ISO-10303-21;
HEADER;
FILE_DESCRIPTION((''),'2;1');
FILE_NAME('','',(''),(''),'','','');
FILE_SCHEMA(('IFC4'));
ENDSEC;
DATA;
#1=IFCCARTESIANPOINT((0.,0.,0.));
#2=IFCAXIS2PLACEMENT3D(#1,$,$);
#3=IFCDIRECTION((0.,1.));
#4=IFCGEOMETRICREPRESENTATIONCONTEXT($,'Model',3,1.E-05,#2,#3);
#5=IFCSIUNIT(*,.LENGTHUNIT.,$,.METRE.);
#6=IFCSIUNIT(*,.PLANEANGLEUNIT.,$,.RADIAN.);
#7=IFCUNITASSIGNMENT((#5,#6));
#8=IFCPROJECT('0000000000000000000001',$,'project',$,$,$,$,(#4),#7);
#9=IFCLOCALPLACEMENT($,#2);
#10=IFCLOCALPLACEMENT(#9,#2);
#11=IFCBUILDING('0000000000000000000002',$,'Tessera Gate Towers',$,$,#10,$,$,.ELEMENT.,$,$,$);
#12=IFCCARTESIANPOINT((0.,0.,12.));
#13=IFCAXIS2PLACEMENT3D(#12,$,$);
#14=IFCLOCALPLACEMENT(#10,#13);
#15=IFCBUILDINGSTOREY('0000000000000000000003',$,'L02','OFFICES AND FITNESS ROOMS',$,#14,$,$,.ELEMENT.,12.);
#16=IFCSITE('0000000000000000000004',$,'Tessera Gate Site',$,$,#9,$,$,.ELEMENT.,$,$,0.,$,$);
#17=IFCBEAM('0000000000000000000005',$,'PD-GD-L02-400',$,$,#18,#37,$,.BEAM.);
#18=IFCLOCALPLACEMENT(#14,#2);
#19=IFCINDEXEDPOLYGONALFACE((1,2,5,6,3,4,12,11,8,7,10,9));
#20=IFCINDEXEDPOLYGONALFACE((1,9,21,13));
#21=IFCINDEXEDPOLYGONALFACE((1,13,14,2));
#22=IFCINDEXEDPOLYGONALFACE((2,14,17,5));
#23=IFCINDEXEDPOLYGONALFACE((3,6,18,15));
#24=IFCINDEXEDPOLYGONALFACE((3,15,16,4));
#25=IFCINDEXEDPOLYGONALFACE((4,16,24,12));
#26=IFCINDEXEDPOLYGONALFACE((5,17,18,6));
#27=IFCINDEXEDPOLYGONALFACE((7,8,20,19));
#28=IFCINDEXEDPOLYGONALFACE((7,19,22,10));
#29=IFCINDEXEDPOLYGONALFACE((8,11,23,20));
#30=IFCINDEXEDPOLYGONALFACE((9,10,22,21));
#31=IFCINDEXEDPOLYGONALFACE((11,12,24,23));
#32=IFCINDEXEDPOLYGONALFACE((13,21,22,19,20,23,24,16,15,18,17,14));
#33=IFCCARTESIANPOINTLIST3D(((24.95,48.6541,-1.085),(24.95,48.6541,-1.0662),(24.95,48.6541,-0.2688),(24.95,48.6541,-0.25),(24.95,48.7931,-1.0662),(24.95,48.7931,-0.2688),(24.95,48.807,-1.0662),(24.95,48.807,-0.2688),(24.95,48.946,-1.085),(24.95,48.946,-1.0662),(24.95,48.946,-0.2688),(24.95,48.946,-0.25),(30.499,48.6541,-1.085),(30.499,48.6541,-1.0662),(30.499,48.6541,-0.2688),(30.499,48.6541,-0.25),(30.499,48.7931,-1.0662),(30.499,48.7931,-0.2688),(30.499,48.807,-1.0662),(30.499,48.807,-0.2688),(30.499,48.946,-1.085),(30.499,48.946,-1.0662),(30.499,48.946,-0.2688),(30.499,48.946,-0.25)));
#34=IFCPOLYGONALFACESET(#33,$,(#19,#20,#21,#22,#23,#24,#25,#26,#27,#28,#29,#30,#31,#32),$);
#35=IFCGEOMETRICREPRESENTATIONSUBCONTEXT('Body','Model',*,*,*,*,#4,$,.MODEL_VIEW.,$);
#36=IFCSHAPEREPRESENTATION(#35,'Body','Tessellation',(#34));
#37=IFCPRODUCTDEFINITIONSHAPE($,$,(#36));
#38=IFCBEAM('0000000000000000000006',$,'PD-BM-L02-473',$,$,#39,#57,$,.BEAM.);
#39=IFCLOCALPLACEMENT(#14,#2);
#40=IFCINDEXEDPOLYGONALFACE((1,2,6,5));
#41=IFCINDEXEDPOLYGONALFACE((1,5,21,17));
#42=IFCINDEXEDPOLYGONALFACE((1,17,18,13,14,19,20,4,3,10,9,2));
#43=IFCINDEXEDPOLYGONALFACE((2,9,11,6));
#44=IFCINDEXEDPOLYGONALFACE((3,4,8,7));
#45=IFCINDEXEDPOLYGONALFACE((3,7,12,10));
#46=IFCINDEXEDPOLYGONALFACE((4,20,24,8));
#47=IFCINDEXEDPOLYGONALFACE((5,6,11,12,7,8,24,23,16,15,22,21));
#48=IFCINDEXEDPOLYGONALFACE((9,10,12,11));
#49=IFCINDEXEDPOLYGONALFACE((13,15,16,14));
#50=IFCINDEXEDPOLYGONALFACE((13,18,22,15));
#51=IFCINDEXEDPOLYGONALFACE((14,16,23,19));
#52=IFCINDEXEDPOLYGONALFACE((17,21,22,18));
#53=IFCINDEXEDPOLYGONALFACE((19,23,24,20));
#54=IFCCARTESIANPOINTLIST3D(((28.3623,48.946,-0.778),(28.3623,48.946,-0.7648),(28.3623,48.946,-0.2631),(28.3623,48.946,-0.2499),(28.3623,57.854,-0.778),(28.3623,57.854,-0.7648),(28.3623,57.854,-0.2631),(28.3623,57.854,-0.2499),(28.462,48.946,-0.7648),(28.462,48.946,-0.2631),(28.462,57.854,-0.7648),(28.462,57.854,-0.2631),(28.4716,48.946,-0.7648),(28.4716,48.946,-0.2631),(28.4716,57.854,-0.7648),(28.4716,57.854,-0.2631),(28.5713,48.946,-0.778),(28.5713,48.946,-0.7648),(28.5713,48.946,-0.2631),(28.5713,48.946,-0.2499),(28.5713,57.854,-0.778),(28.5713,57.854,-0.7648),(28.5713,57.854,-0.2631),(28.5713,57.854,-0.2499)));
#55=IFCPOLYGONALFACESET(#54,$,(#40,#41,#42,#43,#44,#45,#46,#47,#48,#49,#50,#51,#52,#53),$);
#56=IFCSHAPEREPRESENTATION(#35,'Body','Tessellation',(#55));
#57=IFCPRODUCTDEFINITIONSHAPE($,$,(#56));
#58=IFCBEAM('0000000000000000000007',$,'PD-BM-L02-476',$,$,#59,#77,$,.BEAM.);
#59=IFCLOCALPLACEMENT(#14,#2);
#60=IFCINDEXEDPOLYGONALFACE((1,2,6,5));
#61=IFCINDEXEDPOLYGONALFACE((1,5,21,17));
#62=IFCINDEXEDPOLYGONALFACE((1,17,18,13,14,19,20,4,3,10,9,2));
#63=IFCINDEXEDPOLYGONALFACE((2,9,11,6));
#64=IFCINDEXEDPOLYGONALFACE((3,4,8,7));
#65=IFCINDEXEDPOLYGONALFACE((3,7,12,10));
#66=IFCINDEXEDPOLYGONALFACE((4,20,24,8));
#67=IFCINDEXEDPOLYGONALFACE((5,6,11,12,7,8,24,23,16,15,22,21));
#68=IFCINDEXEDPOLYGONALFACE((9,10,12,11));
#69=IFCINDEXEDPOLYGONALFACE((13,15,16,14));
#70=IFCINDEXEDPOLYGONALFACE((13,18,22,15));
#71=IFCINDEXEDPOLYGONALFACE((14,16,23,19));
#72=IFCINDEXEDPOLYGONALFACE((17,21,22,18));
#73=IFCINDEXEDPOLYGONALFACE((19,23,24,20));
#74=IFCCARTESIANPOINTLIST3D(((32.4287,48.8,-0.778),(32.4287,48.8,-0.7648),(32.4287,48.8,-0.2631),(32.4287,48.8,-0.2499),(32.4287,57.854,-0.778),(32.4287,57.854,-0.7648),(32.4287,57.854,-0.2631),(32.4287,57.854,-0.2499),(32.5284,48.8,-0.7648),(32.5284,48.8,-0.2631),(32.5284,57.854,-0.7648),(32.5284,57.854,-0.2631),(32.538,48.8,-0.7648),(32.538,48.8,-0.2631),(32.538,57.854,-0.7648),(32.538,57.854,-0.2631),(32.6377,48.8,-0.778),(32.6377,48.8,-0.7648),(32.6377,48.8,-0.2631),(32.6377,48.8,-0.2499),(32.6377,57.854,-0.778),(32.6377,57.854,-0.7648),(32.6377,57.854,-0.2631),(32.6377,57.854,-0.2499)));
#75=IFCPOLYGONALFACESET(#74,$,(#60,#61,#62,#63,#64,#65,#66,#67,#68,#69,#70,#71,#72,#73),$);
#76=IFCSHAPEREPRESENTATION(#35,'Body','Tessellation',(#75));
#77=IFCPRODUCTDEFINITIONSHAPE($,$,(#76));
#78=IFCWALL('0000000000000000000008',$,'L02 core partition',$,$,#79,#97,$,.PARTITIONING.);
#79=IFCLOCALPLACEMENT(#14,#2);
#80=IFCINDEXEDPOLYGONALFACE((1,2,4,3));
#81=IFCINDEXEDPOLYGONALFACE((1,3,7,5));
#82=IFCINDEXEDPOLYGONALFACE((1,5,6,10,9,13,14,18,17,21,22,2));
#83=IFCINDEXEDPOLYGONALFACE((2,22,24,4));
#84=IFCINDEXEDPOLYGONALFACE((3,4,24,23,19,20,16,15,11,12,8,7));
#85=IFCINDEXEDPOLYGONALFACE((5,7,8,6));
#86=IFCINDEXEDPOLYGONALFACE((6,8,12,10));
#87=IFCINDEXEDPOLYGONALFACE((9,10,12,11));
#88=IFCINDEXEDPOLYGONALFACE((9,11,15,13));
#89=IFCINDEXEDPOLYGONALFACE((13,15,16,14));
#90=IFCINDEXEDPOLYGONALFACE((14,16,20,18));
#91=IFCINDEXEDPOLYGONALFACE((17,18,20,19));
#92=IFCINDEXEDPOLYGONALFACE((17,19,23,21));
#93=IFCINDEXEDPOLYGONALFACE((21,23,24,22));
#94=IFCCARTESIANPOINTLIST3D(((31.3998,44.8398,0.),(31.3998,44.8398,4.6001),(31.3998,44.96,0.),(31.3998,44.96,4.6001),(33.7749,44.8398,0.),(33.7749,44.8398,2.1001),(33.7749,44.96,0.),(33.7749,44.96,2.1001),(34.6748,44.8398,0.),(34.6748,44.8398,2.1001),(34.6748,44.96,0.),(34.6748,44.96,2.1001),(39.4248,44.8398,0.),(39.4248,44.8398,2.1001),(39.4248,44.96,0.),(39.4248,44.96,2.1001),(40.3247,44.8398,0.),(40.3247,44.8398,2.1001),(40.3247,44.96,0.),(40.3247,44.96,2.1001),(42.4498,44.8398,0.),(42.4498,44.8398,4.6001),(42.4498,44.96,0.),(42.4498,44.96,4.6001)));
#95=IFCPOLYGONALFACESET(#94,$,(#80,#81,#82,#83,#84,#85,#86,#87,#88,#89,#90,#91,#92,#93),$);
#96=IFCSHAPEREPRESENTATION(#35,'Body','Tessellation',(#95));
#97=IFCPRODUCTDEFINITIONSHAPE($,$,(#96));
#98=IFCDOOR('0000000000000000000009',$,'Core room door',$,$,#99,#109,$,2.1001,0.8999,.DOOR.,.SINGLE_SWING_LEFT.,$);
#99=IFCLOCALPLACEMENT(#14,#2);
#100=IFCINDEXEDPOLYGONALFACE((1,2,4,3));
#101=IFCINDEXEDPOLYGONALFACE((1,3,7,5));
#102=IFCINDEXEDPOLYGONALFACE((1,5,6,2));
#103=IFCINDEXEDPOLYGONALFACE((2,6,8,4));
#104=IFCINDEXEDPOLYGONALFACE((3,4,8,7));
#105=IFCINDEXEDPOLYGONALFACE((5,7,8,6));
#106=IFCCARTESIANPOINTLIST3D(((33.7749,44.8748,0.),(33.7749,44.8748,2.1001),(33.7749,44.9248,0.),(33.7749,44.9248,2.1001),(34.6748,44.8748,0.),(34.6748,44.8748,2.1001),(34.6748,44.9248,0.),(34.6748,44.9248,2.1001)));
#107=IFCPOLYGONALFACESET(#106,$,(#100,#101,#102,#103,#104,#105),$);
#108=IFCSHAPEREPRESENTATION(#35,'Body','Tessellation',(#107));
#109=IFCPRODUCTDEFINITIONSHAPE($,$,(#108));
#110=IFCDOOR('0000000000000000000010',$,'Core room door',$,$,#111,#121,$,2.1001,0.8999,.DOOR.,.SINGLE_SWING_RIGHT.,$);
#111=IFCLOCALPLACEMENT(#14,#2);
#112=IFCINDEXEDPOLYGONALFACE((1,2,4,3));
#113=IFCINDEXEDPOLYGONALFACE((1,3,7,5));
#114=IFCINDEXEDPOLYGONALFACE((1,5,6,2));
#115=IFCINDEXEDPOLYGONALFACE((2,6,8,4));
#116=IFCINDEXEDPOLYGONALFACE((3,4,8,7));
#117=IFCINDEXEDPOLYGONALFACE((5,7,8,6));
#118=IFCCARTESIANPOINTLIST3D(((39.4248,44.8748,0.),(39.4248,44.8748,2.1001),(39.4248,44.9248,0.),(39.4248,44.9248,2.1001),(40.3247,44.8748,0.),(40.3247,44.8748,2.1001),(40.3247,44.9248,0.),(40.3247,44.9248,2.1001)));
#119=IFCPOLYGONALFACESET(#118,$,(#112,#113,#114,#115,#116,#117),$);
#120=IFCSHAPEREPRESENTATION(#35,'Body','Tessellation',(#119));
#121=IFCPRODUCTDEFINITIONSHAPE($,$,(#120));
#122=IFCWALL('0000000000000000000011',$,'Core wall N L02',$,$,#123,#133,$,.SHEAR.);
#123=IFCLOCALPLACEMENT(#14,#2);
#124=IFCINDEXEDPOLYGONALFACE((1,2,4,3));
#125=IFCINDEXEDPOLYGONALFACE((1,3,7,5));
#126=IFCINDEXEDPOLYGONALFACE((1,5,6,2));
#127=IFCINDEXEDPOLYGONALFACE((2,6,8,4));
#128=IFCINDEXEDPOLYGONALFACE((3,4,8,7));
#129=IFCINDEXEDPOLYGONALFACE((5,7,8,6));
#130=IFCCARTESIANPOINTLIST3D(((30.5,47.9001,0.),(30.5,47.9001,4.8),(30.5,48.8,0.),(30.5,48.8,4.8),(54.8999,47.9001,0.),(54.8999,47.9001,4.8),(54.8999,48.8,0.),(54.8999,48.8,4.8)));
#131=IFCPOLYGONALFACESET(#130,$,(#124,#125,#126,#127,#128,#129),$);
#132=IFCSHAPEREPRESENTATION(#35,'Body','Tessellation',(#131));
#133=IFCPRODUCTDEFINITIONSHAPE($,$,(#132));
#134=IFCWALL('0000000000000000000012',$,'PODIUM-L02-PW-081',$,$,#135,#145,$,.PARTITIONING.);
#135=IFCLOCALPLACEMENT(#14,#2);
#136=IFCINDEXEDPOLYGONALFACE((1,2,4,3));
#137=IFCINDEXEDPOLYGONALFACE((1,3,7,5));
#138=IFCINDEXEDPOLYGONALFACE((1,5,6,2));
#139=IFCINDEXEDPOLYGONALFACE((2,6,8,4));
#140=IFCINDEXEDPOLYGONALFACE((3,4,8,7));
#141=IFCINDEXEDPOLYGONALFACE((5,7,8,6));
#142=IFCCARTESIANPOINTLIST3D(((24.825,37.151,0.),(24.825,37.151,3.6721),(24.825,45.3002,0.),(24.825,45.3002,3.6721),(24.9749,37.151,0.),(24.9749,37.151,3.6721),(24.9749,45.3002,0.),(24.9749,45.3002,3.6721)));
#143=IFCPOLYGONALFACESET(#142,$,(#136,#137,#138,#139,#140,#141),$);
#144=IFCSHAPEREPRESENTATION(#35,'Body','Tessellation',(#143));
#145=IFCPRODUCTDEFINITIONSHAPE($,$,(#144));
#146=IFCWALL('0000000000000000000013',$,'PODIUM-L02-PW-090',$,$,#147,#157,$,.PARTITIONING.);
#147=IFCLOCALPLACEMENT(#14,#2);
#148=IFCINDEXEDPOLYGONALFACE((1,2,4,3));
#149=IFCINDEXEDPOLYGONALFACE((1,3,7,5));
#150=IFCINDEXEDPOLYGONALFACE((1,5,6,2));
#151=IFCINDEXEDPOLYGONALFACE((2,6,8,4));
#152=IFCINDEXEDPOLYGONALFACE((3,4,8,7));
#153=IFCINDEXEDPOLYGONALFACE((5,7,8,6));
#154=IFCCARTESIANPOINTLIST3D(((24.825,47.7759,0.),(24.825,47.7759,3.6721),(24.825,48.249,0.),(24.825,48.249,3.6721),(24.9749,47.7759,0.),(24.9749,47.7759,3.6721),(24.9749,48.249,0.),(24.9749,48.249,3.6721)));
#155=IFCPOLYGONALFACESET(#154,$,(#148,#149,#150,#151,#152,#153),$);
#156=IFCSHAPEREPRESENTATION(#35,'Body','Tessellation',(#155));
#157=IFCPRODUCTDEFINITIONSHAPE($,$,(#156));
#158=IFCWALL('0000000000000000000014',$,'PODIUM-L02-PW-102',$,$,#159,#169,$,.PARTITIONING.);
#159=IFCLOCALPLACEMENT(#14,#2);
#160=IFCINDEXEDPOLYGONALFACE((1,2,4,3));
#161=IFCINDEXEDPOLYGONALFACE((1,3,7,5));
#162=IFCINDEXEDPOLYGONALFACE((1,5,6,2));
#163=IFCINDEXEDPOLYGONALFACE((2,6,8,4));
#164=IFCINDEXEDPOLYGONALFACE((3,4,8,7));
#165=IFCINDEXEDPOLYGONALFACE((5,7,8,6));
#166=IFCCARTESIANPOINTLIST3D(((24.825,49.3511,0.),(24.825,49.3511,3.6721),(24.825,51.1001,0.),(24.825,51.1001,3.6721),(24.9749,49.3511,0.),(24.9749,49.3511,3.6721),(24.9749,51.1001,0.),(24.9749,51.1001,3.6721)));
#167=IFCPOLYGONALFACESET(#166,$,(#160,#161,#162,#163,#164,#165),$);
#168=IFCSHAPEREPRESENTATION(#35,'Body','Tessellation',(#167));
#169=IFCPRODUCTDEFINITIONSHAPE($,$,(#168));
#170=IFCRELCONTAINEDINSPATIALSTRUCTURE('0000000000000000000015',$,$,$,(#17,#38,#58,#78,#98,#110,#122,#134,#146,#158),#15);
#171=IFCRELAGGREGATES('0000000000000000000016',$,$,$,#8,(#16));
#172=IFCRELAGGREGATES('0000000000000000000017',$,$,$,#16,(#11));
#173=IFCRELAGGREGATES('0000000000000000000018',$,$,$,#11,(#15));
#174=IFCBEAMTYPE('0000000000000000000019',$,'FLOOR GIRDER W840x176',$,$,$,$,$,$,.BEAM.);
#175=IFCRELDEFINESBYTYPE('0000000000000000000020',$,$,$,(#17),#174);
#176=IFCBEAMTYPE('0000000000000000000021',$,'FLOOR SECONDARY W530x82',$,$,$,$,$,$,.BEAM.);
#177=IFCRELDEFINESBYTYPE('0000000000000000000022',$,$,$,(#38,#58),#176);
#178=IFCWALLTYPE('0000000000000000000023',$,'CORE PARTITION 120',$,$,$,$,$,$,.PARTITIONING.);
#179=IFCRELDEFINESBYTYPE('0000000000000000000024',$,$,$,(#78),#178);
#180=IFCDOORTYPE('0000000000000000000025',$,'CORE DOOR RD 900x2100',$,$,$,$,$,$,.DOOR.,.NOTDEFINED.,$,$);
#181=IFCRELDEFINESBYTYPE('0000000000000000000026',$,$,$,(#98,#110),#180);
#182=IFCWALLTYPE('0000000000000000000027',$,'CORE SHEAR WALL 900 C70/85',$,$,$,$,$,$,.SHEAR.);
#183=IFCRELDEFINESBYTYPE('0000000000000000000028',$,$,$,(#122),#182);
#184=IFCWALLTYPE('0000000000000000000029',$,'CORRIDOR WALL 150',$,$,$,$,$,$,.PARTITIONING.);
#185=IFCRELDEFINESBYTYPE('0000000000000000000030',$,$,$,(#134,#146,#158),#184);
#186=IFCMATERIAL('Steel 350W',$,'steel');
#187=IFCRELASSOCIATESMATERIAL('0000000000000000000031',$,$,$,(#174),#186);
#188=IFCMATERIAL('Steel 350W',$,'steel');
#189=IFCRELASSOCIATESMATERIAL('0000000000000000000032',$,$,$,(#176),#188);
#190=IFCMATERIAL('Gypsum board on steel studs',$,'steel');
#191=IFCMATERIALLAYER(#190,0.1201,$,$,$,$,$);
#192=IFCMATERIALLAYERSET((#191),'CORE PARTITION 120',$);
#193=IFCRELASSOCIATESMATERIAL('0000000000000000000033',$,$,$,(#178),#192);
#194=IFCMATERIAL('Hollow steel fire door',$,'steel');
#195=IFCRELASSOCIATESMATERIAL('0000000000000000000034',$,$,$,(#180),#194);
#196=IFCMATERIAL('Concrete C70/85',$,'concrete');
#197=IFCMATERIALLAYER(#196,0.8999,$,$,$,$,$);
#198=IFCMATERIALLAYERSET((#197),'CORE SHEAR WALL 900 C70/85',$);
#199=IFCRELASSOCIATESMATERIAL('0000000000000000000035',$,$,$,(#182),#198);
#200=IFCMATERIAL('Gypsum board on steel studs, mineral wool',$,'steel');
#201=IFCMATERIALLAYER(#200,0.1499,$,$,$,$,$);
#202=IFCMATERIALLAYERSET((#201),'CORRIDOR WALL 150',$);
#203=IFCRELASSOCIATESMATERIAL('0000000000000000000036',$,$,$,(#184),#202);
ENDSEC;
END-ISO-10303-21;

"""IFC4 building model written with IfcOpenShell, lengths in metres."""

from ifc_helpers import new_model, si_unit, direction, frame, frame_2d, origin, origin_2d, place, context, subcontext, project, spatial, rectangle, i_section, extrude, source, transform, mapped, material, layer, layer_set, material_profile, profile_set, type_object, element, fill, save


model = new_model("IFC4")

# Units and contexts
model_context = context("Model", 3, precision=1e-05, world=origin(), true_north=direction((0.0, 1.0)))
body_context = subcontext(model_context, "Body", "Model", "MODEL_VIEW")
ifc_project = project(units=[si_unit("LENGTHUNIT", "METRE"), si_unit("PLANEANGLEUNIT", "RADIAN")], contexts=[model_context])

# Site, building, storey
site_placement = place(None, origin())
site = spatial("IfcSite", under=ifc_project, at=site_placement, Name="Tessera Gate Site", CompositionType="ELEMENT", RefElevation=0.0)
building_placement = place(site_placement, origin())
building = spatial("IfcBuilding", under=site, at=building_placement, Name="Tessera Gate Towers", CompositionType="ELEMENT")
storey_placement = place(building_placement, frame((0.0, 0.0, 12.0)))
storey = spatial("IfcBuildingStorey", under=building, at=storey_placement, Name="L02", Description="OFFICES AND FITNESS ROOMS", CompositionType="ELEMENT", Elevation=12.0)

# Beams
ifc_material_1 = material(Name="Steel 350W", Category="steel")
ifc_material_profile_1 = material_profile(ifc_material_1, i_section(OverallWidth=0.292, OverallDepth=0.835, WebThickness=0.0139, FlangeThickness=0.0188, at=origin_2d()), Name="W840x176")
ifc_profile_set_1 = profile_set([ifc_material_profile_1], Name="Steel 350W")
beam_type_1 = type_object("IfcBeamType", Name="FLOOR GIRDER W840x176", PredefinedType="BEAM", material=ifc_profile_set_1)
beam_1_placement = place(storey_placement, frame((24.95, 48.8, -0.6675), z_axis=(1.0, 0.0, 0.0), x_axis=(0.0, 1.0, 0.0)))
element("IfcBeam", 1, at=beam_1_placement, inside=storey, type_object=beam_type_1, Name="PD-GD-L02-400", PredefinedType="BEAM", context=body_context, shape_type="SweptSolid", body=[
    extrude(i_section(OverallWidth=0.292, OverallDepth=0.835, WebThickness=0.0139, FlangeThickness=0.0188, at=origin_2d()), origin(), (0.0, 0.0, 1.0), 5.5491),
])
ifc_material_2 = material(Name="Steel 350W", Category="steel")
ifc_material_profile_2 = material_profile(ifc_material_2, i_section(OverallWidth=0.209, OverallDepth=0.5281, WebThickness=0.0095, FlangeThickness=0.0132, at=origin_2d()), Name="W530x82")
ifc_profile_set_2 = profile_set([ifc_material_profile_2], Name="Steel 350W")
beam_type_2 = type_object("IfcBeamType", Name="FLOOR SECONDARY W530x82", PredefinedType="BEAM", material=ifc_profile_set_2)
beam_2_placement = place(storey_placement, frame((28.4668, 48.946, -0.5139), z_axis=(0.0, 1.0, 0.0), x_axis=(-1.0, 0.0, 0.0)))
element("IfcBeam", 2, at=beam_2_placement, inside=storey, type_object=beam_type_2, Name="PD-BM-L02-473", PredefinedType="BEAM", context=body_context, shape_type="SweptSolid", body=[
    extrude(i_section(OverallWidth=0.209, OverallDepth=0.5281, WebThickness=0.0095, FlangeThickness=0.0132, at=origin_2d()), origin(), (0.0, 0.0, 1.0), 8.908),
])
beam_3_placement = place(storey_placement, frame((32.5332, 48.8, -0.5139), z_axis=(0.0, 1.0, 0.0), x_axis=(-1.0, 0.0, 0.0)))
element("IfcBeam", 3, at=beam_3_placement, inside=storey, type_object=beam_type_2, Name="PD-BM-L02-476", PredefinedType="BEAM", context=body_context, shape_type="SweptSolid", body=[
    extrude(i_section(OverallWidth=0.209, OverallDepth=0.5281, WebThickness=0.0095, FlangeThickness=0.0132, at=origin_2d()), origin(), (0.0, 0.0, 1.0), 9.054),
])

# Wall, openings, doors
ifc_material_3 = material(Name="Gypsum board on steel studs", Category="steel")
ifc_layer_1 = layer(ifc_material_3, 0.1201)
ifc_layer_set_1 = layer_set([ifc_layer_1], Name="CORE PARTITION 120")
wall_type_1 = type_object("IfcWallType", Name="CORE PARTITION 120", PredefinedType="PARTITIONING", material=ifc_layer_set_1)
wall_1_placement = place(storey_placement, frame((31.3999, 44.8999, 0.0), z_axis=(0.0, 0.0, 1.0), x_axis=(1.0, 0.0, 0.0)))
wall_1 = element("IfcWall", 4, at=wall_1_placement, inside=storey, type_object=wall_type_1, Name="L02 core partition", PredefinedType="PARTITIONING", context=body_context, shape_type="SweptSolid", body=[
    extrude(rectangle(XDim=11.05, YDim=0.1201, at=frame_2d((5.5249, 0.0))), origin(), (0.0, 0.0, 1.0), 4.6001),
])
shared_shape_1 = source(origin(), body_context, "Body", "SweptSolid", [
    extrude(rectangle(XDim=0.8999, YDim=2.1001, at=frame_2d((0.45, 1.05))), frame((0.0, 0.0701, 0.0), z_axis=(0.0, -1.0, 0.0), x_axis=(1.0, 0.0, 0.0)), (0.0, 0.0, 1.0), 0.1401),
])
opening_1_placement = place(wall_1_placement, frame((2.375, 0.0, 0.0)))
opening_1 = element("IfcOpeningElement", 5, at=opening_1_placement, cuts=wall_1, PredefinedType="OPENING", context=body_context, shape_type="MappedRepresentation", body=[
    mapped(shared_shape_1, transform((0.0, 0.0, 0.0), scale=1.0)),
])
opening_2_placement = place(wall_1_placement, frame((8.0249, 0.0, 0.0)))
opening_2 = element("IfcOpeningElement", 6, at=opening_2_placement, cuts=wall_1, PredefinedType="OPENING", context=body_context, shape_type="MappedRepresentation", body=[
    mapped(shared_shape_1, transform((0.0, 0.0, 0.0), scale=1.0)),
])
ifc_material_4 = material(Name="Hollow steel fire door", Category="steel")
door_type_1 = type_object("IfcDoorType", Name="CORE DOOR RD 900x2100", OperationType="NOTDEFINED", PredefinedType="DOOR", material=ifc_material_4)
shared_shape_2 = source(origin(), body_context, "Body", "SweptSolid", [
    extrude(rectangle(XDim=0.8999, YDim=2.1001, at=frame_2d((0.45, 1.05))), frame((0.0, 0.0249, 0.0), z_axis=(0.0, -1.0, 0.0), x_axis=(1.0, 0.0, 0.0)), (0.0, 0.0, 1.0), 0.05),
])
door_1_placement = place(opening_1_placement, origin())
door_1 = element("IfcDoor", 7, at=door_1_placement, inside=storey, type_object=door_type_1, Name="Core room door", OperationType="SINGLE_SWING_LEFT", OverallHeight=2.1001, OverallWidth=0.8999, PredefinedType="DOOR", context=body_context, shape_type="MappedRepresentation", body=[
    mapped(shared_shape_2, transform((0.0, 0.0, 0.0), scale=1.0)),
])
fill(opening_1, door_1)
door_2_placement = place(opening_2_placement, origin())
door_2 = element("IfcDoor", 8, at=door_2_placement, inside=storey, type_object=door_type_1, Name="Core room door", OperationType="SINGLE_SWING_RIGHT", OverallHeight=2.1001, OverallWidth=0.8999, PredefinedType="DOOR", context=body_context, shape_type="MappedRepresentation", body=[
    mapped(shared_shape_2, transform((0.0, 0.0, 0.0), scale=1.0)),
])
fill(opening_2, door_2)

# Walls
ifc_material_5 = material(Name="Concrete C70/85", Category="concrete")
ifc_layer_2 = layer(ifc_material_5, 0.8999)
ifc_layer_set_2 = layer_set([ifc_layer_2], Name="CORE SHEAR WALL 900 C70/85")
wall_type_2 = type_object("IfcWallType", Name="CORE SHEAR WALL 900 C70/85", PredefinedType="SHEAR", material=ifc_layer_set_2)
wall_2_placement = place(storey_placement, frame((30.5, 48.3501, 0.0), z_axis=(0.0, 0.0, 1.0), x_axis=(1.0, 0.0, 0.0)))
element("IfcWall", 9, at=wall_2_placement, inside=storey, type_object=wall_type_2, Name="Core wall N L02", PredefinedType="SHEAR", context=body_context, shape_type="SweptSolid", body=[
    extrude(rectangle(XDim=24.3999, YDim=0.8999, at=frame_2d((12.2, 0.0))), origin(), (0.0, 0.0, 1.0), 4.8),
])
ifc_material_6 = material(Name="Gypsum board on steel studs, mineral wool", Category="steel")
ifc_layer_3 = layer(ifc_material_6, 0.1499)
ifc_layer_set_3 = layer_set([ifc_layer_3], Name="CORRIDOR WALL 150")
wall_type_3 = type_object("IfcWallType", Name="CORRIDOR WALL 150", PredefinedType="PARTITIONING", material=ifc_layer_set_3)
wall_3_placement = place(storey_placement, frame((24.8999, 37.1509, 0.0), z_axis=(0.0, 0.0, 1.0), x_axis=(0.0, 1.0, 0.0)))
element("IfcWall", 10, at=wall_3_placement, inside=storey, type_object=wall_type_3, Name="PODIUM-L02-PW-081", PredefinedType="PARTITIONING", context=body_context, shape_type="SweptSolid", body=[
    extrude(rectangle(XDim=8.1492, YDim=0.1499, at=frame_2d((4.0747, 0.0))), origin(), (0.0, 0.0, 1.0), 3.6721),
])
wall_4_placement = place(storey_placement, frame((24.8999, 47.7759, 0.0), z_axis=(0.0, 0.0, 1.0), x_axis=(0.0, 1.0, 0.0)))
element("IfcWall", 11, at=wall_4_placement, inside=storey, type_object=wall_type_3, Name="PODIUM-L02-PW-090", PredefinedType="PARTITIONING", context=body_context, shape_type="SweptSolid", body=[
    extrude(rectangle(XDim=0.4731, YDim=0.1499, at=frame_2d((0.2366, 0.0))), origin(), (0.0, 0.0, 1.0), 3.6721),
])
wall_5_placement = place(storey_placement, frame((24.8999, 49.3511, 0.0), z_axis=(0.0, 0.0, 1.0), x_axis=(0.0, 1.0, 0.0)))
element("IfcWall", 12, at=wall_5_placement, inside=storey, type_object=wall_type_3, Name="PODIUM-L02-PW-102", PredefinedType="PARTITIONING", context=body_context, shape_type="SweptSolid", body=[
    extrude(rectangle(XDim=1.749, YDim=0.1499, at=frame_2d((0.8745, 0.0))), origin(), (0.0, 0.0, 1.0), 3.6721),
])

save(model, "model.ifc")
